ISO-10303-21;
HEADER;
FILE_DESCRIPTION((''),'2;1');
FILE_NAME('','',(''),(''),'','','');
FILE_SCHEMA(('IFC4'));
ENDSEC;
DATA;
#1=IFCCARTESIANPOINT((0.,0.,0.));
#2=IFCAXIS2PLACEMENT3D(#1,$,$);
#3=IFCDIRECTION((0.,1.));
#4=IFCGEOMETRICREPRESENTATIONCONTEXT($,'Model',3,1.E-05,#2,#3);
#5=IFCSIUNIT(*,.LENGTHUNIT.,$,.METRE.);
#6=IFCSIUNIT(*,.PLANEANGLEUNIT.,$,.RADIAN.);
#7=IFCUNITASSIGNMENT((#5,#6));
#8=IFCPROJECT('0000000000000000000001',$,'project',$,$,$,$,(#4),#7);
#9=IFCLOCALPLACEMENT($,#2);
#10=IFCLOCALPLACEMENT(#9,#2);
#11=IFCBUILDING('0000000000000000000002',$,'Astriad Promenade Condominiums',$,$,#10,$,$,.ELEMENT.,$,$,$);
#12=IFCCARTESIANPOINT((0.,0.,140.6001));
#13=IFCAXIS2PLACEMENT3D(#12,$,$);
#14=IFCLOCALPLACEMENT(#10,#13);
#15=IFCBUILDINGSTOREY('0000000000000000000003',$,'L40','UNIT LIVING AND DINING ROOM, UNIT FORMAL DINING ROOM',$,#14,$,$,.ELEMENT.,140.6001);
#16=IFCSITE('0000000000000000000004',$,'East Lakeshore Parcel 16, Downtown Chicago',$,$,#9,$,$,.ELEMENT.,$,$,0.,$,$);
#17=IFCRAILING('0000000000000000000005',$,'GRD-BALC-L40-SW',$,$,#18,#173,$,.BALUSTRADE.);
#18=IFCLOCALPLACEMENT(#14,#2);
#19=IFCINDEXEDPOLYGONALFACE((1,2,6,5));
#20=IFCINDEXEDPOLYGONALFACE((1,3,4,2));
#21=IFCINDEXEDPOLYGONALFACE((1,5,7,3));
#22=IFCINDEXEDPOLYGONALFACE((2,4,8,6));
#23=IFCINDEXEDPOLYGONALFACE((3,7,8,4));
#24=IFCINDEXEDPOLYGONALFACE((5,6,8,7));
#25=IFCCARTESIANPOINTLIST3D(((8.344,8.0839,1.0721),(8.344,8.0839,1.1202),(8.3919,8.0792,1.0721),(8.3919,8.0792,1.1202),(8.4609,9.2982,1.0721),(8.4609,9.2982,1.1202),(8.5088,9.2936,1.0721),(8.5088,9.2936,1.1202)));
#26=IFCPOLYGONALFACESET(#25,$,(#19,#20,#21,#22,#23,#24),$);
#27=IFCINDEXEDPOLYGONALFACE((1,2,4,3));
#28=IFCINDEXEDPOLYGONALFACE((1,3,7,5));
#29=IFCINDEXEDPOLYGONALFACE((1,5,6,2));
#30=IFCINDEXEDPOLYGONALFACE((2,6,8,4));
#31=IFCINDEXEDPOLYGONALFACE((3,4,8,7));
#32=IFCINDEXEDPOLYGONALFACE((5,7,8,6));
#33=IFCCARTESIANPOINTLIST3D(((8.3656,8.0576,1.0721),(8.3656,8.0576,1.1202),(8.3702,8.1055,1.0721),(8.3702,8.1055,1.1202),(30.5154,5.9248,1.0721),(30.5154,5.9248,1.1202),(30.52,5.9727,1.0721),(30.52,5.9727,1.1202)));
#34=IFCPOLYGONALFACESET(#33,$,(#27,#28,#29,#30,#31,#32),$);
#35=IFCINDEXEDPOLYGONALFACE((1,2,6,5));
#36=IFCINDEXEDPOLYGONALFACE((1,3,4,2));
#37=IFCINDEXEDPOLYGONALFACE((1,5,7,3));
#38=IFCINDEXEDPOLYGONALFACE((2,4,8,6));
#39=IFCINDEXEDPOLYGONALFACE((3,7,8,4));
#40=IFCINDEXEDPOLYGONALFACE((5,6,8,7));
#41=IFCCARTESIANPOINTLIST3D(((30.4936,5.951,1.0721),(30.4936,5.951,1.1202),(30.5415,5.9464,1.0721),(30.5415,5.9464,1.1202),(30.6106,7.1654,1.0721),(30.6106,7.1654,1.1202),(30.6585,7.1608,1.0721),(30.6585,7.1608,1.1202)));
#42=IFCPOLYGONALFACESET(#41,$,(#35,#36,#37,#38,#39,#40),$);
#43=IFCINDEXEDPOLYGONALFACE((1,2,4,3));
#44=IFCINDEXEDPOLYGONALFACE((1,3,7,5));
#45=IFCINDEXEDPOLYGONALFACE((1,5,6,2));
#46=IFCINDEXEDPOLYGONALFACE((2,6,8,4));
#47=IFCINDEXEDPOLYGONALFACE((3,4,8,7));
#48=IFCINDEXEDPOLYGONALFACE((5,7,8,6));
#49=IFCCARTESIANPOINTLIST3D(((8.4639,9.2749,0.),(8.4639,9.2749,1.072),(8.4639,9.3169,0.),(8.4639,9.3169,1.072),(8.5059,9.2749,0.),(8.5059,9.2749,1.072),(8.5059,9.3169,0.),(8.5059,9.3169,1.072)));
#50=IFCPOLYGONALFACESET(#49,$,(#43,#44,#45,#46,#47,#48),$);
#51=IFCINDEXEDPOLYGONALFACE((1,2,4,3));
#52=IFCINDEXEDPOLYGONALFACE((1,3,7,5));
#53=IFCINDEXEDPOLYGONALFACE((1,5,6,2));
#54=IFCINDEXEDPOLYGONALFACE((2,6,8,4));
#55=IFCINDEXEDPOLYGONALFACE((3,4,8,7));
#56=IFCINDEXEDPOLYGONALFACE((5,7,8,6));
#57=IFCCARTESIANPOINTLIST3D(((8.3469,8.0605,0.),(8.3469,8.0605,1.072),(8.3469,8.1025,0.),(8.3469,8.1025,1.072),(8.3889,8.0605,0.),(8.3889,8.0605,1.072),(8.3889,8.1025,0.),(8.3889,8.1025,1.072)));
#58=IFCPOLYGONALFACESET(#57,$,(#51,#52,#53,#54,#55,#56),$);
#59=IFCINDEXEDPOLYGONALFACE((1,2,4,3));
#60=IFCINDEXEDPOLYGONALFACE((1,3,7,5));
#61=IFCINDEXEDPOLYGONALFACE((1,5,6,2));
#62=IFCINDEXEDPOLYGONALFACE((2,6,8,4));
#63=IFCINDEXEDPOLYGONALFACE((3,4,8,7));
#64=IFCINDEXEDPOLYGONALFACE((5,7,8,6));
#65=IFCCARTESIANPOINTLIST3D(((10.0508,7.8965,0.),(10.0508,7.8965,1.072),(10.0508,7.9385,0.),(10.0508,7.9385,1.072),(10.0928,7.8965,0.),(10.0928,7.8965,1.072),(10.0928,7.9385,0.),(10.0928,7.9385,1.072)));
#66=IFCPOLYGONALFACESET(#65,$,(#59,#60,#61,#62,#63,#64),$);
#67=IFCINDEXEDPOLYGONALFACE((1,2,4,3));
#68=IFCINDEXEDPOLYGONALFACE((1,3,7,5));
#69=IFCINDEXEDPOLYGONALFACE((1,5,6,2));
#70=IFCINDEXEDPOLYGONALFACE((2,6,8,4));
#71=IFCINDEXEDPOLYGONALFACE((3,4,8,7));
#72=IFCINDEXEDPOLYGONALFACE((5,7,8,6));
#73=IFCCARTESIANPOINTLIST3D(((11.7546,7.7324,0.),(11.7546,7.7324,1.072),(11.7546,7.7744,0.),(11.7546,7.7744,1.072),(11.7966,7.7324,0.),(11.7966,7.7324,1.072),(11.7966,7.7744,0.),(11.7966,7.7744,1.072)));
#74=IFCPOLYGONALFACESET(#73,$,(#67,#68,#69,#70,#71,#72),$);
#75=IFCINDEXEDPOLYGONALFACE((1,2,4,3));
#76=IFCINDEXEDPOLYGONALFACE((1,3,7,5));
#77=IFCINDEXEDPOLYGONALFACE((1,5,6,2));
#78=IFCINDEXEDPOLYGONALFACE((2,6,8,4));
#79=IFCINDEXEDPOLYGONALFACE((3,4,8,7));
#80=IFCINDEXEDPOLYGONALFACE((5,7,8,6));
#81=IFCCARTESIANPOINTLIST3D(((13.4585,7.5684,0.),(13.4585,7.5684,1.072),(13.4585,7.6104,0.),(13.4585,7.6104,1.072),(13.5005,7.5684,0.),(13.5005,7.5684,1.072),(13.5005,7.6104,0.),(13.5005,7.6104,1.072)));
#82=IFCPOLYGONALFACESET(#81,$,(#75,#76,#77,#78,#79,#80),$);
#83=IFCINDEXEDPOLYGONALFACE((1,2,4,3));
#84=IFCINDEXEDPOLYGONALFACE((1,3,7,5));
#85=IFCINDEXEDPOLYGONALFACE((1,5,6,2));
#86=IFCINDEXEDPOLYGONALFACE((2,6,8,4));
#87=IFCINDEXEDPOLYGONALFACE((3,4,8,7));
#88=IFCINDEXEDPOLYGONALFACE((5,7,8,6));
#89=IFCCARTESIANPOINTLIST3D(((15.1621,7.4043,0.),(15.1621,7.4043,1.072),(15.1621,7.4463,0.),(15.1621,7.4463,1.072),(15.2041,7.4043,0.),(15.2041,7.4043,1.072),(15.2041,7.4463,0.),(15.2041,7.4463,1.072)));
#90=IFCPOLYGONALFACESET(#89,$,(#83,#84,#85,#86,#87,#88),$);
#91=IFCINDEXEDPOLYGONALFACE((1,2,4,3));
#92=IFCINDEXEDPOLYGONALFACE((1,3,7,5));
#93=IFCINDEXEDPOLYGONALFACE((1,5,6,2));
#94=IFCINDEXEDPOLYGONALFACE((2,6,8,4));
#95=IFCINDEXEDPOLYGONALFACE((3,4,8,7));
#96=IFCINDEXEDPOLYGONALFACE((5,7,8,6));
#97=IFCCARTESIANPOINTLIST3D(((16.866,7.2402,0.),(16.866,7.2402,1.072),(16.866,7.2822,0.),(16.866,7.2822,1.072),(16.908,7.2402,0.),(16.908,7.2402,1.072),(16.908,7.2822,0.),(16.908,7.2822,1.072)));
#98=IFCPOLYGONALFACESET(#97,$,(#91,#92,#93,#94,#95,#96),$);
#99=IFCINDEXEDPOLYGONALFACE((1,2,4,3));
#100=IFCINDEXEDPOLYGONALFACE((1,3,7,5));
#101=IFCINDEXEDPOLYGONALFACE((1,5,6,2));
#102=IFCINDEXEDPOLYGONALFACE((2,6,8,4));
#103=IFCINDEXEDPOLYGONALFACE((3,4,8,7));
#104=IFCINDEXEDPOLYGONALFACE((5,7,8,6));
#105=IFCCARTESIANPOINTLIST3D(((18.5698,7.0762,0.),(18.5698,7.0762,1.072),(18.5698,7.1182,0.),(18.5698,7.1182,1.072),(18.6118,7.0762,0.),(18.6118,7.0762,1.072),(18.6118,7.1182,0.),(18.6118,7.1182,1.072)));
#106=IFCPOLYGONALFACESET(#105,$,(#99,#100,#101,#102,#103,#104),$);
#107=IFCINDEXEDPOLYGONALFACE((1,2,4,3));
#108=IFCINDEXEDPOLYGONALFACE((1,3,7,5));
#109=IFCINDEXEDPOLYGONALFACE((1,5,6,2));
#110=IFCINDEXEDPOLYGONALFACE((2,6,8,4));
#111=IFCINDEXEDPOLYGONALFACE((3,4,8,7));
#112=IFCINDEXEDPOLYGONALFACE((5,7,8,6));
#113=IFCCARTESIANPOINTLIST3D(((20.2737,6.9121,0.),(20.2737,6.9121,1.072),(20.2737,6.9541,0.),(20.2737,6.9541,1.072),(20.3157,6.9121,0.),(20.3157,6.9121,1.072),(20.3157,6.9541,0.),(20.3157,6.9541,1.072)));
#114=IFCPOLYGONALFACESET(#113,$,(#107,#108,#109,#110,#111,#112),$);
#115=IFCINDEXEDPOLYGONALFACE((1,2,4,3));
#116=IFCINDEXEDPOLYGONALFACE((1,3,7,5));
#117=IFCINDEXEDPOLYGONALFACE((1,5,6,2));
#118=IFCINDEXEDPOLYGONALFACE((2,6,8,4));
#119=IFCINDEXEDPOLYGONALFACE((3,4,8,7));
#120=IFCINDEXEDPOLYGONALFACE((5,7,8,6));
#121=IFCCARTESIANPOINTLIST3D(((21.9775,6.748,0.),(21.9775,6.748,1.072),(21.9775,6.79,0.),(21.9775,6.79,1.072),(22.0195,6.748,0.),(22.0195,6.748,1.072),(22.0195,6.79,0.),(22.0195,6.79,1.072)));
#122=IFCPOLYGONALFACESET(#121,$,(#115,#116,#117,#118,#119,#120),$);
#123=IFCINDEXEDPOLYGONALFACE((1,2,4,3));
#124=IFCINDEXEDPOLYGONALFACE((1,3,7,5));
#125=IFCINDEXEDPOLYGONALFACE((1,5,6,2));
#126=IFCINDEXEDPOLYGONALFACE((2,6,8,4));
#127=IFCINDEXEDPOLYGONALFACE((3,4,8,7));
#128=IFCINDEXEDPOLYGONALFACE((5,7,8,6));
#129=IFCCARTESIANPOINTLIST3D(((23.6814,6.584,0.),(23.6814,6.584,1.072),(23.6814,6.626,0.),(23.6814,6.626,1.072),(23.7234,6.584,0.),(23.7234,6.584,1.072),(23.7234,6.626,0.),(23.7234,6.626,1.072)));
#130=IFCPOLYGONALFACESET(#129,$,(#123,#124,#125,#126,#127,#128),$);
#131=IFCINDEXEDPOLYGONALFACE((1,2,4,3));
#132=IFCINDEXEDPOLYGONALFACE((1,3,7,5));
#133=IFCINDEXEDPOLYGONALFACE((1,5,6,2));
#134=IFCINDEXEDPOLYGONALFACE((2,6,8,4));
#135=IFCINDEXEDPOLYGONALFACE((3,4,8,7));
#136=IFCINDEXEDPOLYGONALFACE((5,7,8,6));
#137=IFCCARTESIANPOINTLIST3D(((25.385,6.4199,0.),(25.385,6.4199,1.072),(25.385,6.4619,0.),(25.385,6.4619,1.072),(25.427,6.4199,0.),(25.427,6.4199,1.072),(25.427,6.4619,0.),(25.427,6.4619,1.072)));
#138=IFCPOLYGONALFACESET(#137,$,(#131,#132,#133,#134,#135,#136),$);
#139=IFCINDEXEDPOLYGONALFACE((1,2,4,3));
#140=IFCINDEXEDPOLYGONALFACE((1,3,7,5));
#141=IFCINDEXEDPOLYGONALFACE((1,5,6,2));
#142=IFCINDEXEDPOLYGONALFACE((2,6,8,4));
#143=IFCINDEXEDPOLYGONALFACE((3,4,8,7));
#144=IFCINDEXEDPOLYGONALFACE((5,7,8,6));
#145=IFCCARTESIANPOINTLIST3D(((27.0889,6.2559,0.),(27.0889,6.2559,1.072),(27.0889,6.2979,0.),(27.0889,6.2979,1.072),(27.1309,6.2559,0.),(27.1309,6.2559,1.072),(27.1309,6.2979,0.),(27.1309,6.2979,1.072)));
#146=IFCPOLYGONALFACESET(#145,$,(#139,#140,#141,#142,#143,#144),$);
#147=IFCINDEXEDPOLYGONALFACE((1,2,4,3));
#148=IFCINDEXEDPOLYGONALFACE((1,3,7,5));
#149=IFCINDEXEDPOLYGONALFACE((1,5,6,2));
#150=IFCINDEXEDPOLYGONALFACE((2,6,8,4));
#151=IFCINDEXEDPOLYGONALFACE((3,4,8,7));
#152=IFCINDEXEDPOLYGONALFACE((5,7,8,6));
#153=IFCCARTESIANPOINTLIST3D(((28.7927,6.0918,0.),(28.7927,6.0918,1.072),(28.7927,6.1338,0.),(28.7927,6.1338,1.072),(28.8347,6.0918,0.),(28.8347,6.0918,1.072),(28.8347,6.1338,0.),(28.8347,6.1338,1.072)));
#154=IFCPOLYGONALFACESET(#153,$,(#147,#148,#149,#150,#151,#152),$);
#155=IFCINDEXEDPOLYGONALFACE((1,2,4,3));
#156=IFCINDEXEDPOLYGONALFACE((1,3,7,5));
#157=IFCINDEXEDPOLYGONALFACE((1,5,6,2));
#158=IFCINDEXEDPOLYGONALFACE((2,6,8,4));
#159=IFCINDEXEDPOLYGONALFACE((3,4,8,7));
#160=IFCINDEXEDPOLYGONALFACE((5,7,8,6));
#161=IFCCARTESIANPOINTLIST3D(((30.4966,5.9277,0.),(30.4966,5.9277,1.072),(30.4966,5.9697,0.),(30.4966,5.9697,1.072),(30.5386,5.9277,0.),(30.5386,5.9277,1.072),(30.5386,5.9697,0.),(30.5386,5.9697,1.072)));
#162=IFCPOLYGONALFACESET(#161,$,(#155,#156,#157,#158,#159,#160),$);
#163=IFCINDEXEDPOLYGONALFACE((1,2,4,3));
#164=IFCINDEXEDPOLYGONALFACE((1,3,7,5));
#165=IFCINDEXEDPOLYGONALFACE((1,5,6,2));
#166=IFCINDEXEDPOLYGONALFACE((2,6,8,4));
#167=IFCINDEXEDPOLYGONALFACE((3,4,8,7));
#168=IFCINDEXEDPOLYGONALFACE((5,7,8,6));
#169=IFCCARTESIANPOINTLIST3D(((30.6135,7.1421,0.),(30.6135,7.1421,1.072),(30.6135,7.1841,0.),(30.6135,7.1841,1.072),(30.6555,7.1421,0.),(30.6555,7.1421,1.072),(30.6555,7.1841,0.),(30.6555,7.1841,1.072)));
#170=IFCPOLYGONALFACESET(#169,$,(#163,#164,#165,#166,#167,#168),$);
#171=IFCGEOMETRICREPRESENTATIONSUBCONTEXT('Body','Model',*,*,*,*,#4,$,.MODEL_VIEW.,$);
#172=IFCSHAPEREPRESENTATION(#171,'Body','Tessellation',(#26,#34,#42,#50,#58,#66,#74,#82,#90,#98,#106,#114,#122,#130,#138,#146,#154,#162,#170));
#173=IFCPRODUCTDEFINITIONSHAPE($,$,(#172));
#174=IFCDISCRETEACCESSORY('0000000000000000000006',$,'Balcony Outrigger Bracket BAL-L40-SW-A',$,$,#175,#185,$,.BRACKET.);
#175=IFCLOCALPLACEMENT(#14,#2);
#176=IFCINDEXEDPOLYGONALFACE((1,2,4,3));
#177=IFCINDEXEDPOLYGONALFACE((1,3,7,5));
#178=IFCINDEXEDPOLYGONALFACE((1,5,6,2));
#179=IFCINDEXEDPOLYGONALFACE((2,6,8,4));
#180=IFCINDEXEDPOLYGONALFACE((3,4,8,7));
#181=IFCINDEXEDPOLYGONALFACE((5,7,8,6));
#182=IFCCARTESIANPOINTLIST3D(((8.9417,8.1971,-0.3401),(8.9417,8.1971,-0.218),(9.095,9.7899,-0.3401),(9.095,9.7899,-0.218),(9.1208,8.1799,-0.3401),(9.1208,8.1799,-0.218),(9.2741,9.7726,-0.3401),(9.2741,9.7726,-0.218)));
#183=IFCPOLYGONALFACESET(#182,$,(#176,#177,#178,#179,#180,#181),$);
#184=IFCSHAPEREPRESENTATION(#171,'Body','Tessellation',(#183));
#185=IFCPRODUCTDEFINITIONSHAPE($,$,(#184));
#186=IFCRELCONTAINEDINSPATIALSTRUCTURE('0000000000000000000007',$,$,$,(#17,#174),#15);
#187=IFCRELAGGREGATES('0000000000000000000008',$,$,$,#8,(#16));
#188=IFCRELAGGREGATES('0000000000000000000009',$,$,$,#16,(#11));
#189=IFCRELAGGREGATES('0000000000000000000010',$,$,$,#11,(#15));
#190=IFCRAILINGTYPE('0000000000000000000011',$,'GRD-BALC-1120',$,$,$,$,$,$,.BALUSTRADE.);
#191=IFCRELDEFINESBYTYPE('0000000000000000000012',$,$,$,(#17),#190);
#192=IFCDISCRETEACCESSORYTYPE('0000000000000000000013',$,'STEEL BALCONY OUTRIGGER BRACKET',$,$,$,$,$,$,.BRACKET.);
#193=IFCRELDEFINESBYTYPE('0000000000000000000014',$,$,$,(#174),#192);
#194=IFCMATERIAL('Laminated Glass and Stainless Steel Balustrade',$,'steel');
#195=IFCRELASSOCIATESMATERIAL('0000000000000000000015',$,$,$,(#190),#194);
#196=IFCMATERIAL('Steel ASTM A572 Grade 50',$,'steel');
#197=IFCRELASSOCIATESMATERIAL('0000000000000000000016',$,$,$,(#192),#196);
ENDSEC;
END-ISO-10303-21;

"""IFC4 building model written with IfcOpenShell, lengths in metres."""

from ifc_helpers import new_model, si_unit, direction, frame, origin, origin_2d, place, context, subcontext, project, spatial, rectangle, extrude, source, transform, mapped, material, type_object, type_shapes, element, save


model = new_model("IFC4")

# Units and contexts
model_context = context("Model", 3, precision=1e-05, world=origin(), true_north=direction((0.0, 1.0)))
body_context = subcontext(model_context, "Body", "Model", "MODEL_VIEW")
ifc_project = project(units=[si_unit("LENGTHUNIT", "METRE"), si_unit("PLANEANGLEUNIT", "RADIAN")], contexts=[model_context])

# Site, building, storey
site_placement = place(None, origin())
site = spatial("IfcSite", under=ifc_project, at=site_placement, Name="East Lakeshore Parcel 16, Downtown Chicago", CompositionType="ELEMENT", RefElevation=0.0)
building_placement = place(site_placement, origin())
building = spatial("IfcBuilding", under=site, at=building_placement, Name="Astriad Promenade Condominiums", CompositionType="ELEMENT")
storey_placement = place(building_placement, frame((0.0, 0.0, 140.6001)))
storey = spatial("IfcBuildingStorey", under=building, at=storey_placement, Name="L40", Description="UNIT LIVING AND DINING ROOM, UNIT FORMAL DINING ROOM", CompositionType="ELEMENT", Elevation=140.6001)

# Railing
ifc_material_1 = material(Name="Laminated Glass and Stainless Steel Balustrade", Category="steel")
railing_type = type_object("IfcRailingType", Name="GRD-BALC-1120", PredefinedType="BALUSTRADE", material=ifc_material_1)
shared_shape_1 = source(origin(), body_context, "Body", "SweptSolid", [
    extrude(rectangle(XDim=0.0481, YDim=0.0481, at=origin_2d()), frame((0.0, 0.0, 1.0962), z_axis=(-0.095857, -0.995395, 0.0), x_axis=(0.995395, -0.095857, 0.0)), (0.0, 0.0, 1.0), 1.22),
    extrude(rectangle(XDim=0.0481, YDim=0.0481, at=origin_2d()), frame((-0.1169, -1.2144, 1.0962), z_axis=(0.995396, -0.095848, 0.0), x_axis=(0.095848, 0.995396, 0.0)), (0.0, 0.0, 1.0), 22.2522),
    extrude(rectangle(XDim=0.0481, YDim=0.0481, at=origin_2d()), frame((22.0327, -3.3472, 1.0962), z_axis=(0.095857, 0.995395, 0.0), x_axis=(-0.995395, 0.095857, 0.0)), (0.0, 0.0, 1.0), 1.22),
    extrude(rectangle(XDim=0.042, YDim=0.042, at=origin_2d()), origin(), (0.0, 0.0, 1.0), 1.072),
    extrude(rectangle(XDim=0.042, YDim=0.042, at=origin_2d()), frame((-0.1169, -1.2144, 0.0)), (0.0, 0.0, 1.0), 1.072),
    extrude(rectangle(XDim=0.042, YDim=0.042, at=origin_2d()), frame((1.5869, -1.3784, 0.0)), (0.0, 0.0, 1.0), 1.072),
    extrude(rectangle(XDim=0.042, YDim=0.042, at=origin_2d()), frame((3.2908, -1.5425, 0.0)), (0.0, 0.0, 1.0), 1.072),
    extrude(rectangle(XDim=0.042, YDim=0.042, at=origin_2d()), frame((4.9946, -1.7065, 0.0)), (0.0, 0.0, 1.0), 1.072),
    extrude(rectangle(XDim=0.042, YDim=0.042, at=origin_2d()), frame((6.6982, -1.8706, 0.0)), (0.0, 0.0, 1.0), 1.072),
    extrude(rectangle(XDim=0.042, YDim=0.042, at=origin_2d()), frame((8.4021, -2.0347, 0.0)), (0.0, 0.0, 1.0), 1.072),
    extrude(rectangle(XDim=0.042, YDim=0.042, at=origin_2d()), frame((10.106, -2.1987, 0.0)), (0.0, 0.0, 1.0), 1.072),
    extrude(rectangle(XDim=0.042, YDim=0.042, at=origin_2d()), frame((11.8098, -2.3628, 0.0)), (0.0, 0.0, 1.0), 1.072),
    extrude(rectangle(XDim=0.042, YDim=0.042, at=origin_2d()), frame((13.5137, -2.5269, 0.0)), (0.0, 0.0, 1.0), 1.072),
    extrude(rectangle(XDim=0.042, YDim=0.042, at=origin_2d()), frame((15.2175, -2.6909, 0.0)), (0.0, 0.0, 1.0), 1.072),
    extrude(rectangle(XDim=0.042, YDim=0.042, at=origin_2d()), frame((16.9211, -2.855, 0.0)), (0.0, 0.0, 1.0), 1.072),
    extrude(rectangle(XDim=0.042, YDim=0.042, at=origin_2d()), frame((18.625, -3.019, 0.0)), (0.0, 0.0, 1.0), 1.072),
    extrude(rectangle(XDim=0.042, YDim=0.042, at=origin_2d()), frame((20.3289, -3.1831, 0.0)), (0.0, 0.0, 1.0), 1.072),
    extrude(rectangle(XDim=0.042, YDim=0.042, at=origin_2d()), frame((22.0327, -3.3472, 0.0)), (0.0, 0.0, 1.0), 1.072),
    extrude(rectangle(XDim=0.042, YDim=0.042, at=origin_2d()), frame((22.1497, -2.1328, 0.0)), (0.0, 0.0, 1.0), 1.072),
])
type_shapes(railing_type, [shared_shape_1])
railing_placement = place(storey_placement, frame((8.4849, 9.2959, 0.0)))
element("IfcRailing", 1, at=railing_placement, inside=storey, type_object=railing_type, Name="GRD-BALC-L40-SW", PredefinedType="BALUSTRADE", context=body_context, shape_type="MappedRepresentation", body=[
    mapped(shared_shape_1, transform((0.0, 0.0, 0.0), scale=1.0)),
])

# Discrete accessory
ifc_material_2 = material(Name="Steel ASTM A572 Grade 50", Category="steel")
discrete_accessory_type = type_object("IfcDiscreteAccessoryType", Name="STEEL BALCONY OUTRIGGER BRACKET", PredefinedType="BRACKET", material=ifc_material_2)
shared_shape_2 = source(origin(), body_context, "Body", "SweptSolid", [
    extrude(rectangle(XDim=1.6001, YDim=0.1799, at=origin_2d()), origin(), (0.0, 0.0, 1.0), 0.1221),
])
type_shapes(discrete_accessory_type, [shared_shape_2])
discrete_accessory_placement = place(storey_placement, frame((9.1079, 8.9849, -0.3401), z_axis=(0.0, 0.0, 1.0), x_axis=(-0.095846, -0.995396, 0.0)))
element("IfcDiscreteAccessory", 2, at=discrete_accessory_placement, inside=storey, type_object=discrete_accessory_type, Name="Balcony Outrigger Bracket BAL-L40-SW-A", PredefinedType="BRACKET", context=body_context, shape_type="MappedRepresentation", body=[
    mapped(shared_shape_2, transform((0.0, 0.0, 0.0), scale=1.0)),
])

save(model, "model.ifc")
